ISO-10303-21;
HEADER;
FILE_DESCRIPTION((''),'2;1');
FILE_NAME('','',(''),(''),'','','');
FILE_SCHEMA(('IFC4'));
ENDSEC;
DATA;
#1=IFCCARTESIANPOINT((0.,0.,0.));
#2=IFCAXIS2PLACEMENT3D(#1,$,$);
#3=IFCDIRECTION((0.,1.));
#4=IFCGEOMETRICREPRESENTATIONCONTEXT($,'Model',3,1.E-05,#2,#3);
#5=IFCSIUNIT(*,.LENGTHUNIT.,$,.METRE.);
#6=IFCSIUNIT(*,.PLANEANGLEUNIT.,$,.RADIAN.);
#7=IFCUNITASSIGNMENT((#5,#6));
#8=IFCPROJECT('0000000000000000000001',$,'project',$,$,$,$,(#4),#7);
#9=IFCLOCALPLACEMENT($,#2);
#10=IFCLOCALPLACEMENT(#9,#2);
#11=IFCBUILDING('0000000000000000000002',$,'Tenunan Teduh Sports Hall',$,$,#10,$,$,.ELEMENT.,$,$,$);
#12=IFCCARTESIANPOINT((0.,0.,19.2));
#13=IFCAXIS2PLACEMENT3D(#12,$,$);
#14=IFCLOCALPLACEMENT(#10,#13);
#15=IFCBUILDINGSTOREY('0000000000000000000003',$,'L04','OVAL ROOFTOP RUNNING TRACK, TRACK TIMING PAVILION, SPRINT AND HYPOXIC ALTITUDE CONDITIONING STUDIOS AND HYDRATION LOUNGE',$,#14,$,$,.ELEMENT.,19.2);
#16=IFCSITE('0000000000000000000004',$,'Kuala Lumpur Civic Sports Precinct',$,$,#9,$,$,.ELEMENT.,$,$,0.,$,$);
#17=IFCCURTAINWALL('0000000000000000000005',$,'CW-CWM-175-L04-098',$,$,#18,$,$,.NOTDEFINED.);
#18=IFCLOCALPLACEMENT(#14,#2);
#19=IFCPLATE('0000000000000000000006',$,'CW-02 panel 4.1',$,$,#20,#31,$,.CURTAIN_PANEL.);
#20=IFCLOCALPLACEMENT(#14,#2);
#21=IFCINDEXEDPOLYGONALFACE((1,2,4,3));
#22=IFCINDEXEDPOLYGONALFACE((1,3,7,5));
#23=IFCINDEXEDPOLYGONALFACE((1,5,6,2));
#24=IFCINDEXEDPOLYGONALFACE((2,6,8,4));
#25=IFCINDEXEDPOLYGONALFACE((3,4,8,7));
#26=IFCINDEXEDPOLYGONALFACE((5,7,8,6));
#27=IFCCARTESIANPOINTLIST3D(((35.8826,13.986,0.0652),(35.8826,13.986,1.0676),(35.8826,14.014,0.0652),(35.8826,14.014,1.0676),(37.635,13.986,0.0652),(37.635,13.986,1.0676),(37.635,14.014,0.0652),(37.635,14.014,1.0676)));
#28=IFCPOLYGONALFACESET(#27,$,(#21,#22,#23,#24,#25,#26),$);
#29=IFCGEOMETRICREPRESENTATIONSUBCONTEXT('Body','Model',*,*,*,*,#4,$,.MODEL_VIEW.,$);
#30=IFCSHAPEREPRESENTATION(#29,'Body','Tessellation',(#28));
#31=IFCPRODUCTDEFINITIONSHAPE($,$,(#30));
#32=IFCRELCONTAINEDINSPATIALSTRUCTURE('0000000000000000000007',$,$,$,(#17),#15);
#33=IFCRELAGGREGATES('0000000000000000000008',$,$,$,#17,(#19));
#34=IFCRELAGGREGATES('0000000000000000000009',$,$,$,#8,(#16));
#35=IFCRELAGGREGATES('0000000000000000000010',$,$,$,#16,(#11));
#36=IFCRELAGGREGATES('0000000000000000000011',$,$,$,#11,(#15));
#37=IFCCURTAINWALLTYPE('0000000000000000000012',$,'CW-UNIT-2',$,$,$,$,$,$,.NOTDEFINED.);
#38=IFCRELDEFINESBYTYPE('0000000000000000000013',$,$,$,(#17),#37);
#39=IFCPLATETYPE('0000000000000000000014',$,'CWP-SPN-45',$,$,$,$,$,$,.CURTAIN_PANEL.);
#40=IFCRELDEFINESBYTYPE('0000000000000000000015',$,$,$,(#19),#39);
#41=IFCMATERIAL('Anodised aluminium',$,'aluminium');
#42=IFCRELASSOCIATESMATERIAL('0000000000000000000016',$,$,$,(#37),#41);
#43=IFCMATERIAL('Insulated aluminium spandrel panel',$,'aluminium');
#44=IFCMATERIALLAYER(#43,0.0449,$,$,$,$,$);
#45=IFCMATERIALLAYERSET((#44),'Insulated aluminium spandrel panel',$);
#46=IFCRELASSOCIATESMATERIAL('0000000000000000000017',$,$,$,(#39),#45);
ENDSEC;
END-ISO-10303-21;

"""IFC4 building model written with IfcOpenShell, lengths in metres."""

from ifc_helpers import new_model, si_unit, direction, frame, origin, origin_2d, place, context, subcontext, project, spatial, rectangle, extrude, material, layer, layer_set, type_object, element, aggregate, save


model = new_model("IFC4")

# Units and contexts
model_context = context("Model", 3, precision=1e-05, world=origin(), true_north=direction((0.0, 1.0)))
body_context = subcontext(model_context, "Body", "Model", "MODEL_VIEW")
ifc_project = project(units=[si_unit("LENGTHUNIT", "METRE"), si_unit("PLANEANGLEUNIT", "RADIAN")], contexts=[model_context])

# Site, building, storey
site_placement = place(None, origin())
site = spatial("IfcSite", under=ifc_project, at=site_placement, Name="Kuala Lumpur Civic Sports Precinct", CompositionType="ELEMENT", RefElevation=0.0)
building_placement = place(site_placement, origin())
building = spatial("IfcBuilding", under=site, at=building_placement, Name="Tenunan Teduh Sports Hall", CompositionType="ELEMENT")
storey_placement = place(building_placement, frame((0.0, 0.0, 19.2)))
storey = spatial("IfcBuildingStorey", under=building, at=storey_placement, Name="L04", Description="OVAL ROOFTOP RUNNING TRACK, TRACK TIMING PAVILION, SPRINT AND HYPOXIC ALTITUDE CONDITIONING STUDIOS AND HYDRATION LOUNGE", CompositionType="ELEMENT", Elevation=19.2)

# Curtain wall
ifc_material_1 = material(Name="Anodised aluminium", Category="aluminium")
curtain_wall_type = type_object("IfcCurtainWallType", Name="CW-UNIT-2", PredefinedType="NOTDEFINED", material=ifc_material_1)
curtain_wall_1_placement = place(storey_placement, origin())
curtain_wall_1 = element("IfcCurtainWall", 1, at=curtain_wall_1_placement, inside=storey, type_object=curtain_wall_type, Name="CW-CWM-175-L04-098", PredefinedType="NOTDEFINED")

# Plate
ifc_material_2 = material(Name="Insulated aluminium spandrel panel", Category="aluminium")
ifc_layer_1 = layer(ifc_material_2, 0.0449)
ifc_layer_set_1 = layer_set([ifc_layer_1], Name="Insulated aluminium spandrel panel")
plate_type_1 = type_object("IfcPlateType", Name="CWP-SPN-45", PredefinedType="CURTAIN_PANEL", material=ifc_layer_set_1)
plate_1_placement = place(storey_placement, frame((36.7588, 14.0, 0.0652), z_axis=(0.0, 0.0, 1.0), x_axis=(1.0, 0.0, 0.0)))
plate_1 = element("IfcPlate", 2, at=plate_1_placement, type_object=plate_type_1, Name="CW-02 panel 4.1", PredefinedType="CURTAIN_PANEL", context=body_context, shape_type="SweptSolid", body=[
    extrude(rectangle(XDim=1.7524, YDim=0.0281, at=origin_2d()), origin(), (0.0, 0.0, 1.0), 1.0024),
])
aggregate(curtain_wall_1, [plate_1])

save(model, "model.ifc")
